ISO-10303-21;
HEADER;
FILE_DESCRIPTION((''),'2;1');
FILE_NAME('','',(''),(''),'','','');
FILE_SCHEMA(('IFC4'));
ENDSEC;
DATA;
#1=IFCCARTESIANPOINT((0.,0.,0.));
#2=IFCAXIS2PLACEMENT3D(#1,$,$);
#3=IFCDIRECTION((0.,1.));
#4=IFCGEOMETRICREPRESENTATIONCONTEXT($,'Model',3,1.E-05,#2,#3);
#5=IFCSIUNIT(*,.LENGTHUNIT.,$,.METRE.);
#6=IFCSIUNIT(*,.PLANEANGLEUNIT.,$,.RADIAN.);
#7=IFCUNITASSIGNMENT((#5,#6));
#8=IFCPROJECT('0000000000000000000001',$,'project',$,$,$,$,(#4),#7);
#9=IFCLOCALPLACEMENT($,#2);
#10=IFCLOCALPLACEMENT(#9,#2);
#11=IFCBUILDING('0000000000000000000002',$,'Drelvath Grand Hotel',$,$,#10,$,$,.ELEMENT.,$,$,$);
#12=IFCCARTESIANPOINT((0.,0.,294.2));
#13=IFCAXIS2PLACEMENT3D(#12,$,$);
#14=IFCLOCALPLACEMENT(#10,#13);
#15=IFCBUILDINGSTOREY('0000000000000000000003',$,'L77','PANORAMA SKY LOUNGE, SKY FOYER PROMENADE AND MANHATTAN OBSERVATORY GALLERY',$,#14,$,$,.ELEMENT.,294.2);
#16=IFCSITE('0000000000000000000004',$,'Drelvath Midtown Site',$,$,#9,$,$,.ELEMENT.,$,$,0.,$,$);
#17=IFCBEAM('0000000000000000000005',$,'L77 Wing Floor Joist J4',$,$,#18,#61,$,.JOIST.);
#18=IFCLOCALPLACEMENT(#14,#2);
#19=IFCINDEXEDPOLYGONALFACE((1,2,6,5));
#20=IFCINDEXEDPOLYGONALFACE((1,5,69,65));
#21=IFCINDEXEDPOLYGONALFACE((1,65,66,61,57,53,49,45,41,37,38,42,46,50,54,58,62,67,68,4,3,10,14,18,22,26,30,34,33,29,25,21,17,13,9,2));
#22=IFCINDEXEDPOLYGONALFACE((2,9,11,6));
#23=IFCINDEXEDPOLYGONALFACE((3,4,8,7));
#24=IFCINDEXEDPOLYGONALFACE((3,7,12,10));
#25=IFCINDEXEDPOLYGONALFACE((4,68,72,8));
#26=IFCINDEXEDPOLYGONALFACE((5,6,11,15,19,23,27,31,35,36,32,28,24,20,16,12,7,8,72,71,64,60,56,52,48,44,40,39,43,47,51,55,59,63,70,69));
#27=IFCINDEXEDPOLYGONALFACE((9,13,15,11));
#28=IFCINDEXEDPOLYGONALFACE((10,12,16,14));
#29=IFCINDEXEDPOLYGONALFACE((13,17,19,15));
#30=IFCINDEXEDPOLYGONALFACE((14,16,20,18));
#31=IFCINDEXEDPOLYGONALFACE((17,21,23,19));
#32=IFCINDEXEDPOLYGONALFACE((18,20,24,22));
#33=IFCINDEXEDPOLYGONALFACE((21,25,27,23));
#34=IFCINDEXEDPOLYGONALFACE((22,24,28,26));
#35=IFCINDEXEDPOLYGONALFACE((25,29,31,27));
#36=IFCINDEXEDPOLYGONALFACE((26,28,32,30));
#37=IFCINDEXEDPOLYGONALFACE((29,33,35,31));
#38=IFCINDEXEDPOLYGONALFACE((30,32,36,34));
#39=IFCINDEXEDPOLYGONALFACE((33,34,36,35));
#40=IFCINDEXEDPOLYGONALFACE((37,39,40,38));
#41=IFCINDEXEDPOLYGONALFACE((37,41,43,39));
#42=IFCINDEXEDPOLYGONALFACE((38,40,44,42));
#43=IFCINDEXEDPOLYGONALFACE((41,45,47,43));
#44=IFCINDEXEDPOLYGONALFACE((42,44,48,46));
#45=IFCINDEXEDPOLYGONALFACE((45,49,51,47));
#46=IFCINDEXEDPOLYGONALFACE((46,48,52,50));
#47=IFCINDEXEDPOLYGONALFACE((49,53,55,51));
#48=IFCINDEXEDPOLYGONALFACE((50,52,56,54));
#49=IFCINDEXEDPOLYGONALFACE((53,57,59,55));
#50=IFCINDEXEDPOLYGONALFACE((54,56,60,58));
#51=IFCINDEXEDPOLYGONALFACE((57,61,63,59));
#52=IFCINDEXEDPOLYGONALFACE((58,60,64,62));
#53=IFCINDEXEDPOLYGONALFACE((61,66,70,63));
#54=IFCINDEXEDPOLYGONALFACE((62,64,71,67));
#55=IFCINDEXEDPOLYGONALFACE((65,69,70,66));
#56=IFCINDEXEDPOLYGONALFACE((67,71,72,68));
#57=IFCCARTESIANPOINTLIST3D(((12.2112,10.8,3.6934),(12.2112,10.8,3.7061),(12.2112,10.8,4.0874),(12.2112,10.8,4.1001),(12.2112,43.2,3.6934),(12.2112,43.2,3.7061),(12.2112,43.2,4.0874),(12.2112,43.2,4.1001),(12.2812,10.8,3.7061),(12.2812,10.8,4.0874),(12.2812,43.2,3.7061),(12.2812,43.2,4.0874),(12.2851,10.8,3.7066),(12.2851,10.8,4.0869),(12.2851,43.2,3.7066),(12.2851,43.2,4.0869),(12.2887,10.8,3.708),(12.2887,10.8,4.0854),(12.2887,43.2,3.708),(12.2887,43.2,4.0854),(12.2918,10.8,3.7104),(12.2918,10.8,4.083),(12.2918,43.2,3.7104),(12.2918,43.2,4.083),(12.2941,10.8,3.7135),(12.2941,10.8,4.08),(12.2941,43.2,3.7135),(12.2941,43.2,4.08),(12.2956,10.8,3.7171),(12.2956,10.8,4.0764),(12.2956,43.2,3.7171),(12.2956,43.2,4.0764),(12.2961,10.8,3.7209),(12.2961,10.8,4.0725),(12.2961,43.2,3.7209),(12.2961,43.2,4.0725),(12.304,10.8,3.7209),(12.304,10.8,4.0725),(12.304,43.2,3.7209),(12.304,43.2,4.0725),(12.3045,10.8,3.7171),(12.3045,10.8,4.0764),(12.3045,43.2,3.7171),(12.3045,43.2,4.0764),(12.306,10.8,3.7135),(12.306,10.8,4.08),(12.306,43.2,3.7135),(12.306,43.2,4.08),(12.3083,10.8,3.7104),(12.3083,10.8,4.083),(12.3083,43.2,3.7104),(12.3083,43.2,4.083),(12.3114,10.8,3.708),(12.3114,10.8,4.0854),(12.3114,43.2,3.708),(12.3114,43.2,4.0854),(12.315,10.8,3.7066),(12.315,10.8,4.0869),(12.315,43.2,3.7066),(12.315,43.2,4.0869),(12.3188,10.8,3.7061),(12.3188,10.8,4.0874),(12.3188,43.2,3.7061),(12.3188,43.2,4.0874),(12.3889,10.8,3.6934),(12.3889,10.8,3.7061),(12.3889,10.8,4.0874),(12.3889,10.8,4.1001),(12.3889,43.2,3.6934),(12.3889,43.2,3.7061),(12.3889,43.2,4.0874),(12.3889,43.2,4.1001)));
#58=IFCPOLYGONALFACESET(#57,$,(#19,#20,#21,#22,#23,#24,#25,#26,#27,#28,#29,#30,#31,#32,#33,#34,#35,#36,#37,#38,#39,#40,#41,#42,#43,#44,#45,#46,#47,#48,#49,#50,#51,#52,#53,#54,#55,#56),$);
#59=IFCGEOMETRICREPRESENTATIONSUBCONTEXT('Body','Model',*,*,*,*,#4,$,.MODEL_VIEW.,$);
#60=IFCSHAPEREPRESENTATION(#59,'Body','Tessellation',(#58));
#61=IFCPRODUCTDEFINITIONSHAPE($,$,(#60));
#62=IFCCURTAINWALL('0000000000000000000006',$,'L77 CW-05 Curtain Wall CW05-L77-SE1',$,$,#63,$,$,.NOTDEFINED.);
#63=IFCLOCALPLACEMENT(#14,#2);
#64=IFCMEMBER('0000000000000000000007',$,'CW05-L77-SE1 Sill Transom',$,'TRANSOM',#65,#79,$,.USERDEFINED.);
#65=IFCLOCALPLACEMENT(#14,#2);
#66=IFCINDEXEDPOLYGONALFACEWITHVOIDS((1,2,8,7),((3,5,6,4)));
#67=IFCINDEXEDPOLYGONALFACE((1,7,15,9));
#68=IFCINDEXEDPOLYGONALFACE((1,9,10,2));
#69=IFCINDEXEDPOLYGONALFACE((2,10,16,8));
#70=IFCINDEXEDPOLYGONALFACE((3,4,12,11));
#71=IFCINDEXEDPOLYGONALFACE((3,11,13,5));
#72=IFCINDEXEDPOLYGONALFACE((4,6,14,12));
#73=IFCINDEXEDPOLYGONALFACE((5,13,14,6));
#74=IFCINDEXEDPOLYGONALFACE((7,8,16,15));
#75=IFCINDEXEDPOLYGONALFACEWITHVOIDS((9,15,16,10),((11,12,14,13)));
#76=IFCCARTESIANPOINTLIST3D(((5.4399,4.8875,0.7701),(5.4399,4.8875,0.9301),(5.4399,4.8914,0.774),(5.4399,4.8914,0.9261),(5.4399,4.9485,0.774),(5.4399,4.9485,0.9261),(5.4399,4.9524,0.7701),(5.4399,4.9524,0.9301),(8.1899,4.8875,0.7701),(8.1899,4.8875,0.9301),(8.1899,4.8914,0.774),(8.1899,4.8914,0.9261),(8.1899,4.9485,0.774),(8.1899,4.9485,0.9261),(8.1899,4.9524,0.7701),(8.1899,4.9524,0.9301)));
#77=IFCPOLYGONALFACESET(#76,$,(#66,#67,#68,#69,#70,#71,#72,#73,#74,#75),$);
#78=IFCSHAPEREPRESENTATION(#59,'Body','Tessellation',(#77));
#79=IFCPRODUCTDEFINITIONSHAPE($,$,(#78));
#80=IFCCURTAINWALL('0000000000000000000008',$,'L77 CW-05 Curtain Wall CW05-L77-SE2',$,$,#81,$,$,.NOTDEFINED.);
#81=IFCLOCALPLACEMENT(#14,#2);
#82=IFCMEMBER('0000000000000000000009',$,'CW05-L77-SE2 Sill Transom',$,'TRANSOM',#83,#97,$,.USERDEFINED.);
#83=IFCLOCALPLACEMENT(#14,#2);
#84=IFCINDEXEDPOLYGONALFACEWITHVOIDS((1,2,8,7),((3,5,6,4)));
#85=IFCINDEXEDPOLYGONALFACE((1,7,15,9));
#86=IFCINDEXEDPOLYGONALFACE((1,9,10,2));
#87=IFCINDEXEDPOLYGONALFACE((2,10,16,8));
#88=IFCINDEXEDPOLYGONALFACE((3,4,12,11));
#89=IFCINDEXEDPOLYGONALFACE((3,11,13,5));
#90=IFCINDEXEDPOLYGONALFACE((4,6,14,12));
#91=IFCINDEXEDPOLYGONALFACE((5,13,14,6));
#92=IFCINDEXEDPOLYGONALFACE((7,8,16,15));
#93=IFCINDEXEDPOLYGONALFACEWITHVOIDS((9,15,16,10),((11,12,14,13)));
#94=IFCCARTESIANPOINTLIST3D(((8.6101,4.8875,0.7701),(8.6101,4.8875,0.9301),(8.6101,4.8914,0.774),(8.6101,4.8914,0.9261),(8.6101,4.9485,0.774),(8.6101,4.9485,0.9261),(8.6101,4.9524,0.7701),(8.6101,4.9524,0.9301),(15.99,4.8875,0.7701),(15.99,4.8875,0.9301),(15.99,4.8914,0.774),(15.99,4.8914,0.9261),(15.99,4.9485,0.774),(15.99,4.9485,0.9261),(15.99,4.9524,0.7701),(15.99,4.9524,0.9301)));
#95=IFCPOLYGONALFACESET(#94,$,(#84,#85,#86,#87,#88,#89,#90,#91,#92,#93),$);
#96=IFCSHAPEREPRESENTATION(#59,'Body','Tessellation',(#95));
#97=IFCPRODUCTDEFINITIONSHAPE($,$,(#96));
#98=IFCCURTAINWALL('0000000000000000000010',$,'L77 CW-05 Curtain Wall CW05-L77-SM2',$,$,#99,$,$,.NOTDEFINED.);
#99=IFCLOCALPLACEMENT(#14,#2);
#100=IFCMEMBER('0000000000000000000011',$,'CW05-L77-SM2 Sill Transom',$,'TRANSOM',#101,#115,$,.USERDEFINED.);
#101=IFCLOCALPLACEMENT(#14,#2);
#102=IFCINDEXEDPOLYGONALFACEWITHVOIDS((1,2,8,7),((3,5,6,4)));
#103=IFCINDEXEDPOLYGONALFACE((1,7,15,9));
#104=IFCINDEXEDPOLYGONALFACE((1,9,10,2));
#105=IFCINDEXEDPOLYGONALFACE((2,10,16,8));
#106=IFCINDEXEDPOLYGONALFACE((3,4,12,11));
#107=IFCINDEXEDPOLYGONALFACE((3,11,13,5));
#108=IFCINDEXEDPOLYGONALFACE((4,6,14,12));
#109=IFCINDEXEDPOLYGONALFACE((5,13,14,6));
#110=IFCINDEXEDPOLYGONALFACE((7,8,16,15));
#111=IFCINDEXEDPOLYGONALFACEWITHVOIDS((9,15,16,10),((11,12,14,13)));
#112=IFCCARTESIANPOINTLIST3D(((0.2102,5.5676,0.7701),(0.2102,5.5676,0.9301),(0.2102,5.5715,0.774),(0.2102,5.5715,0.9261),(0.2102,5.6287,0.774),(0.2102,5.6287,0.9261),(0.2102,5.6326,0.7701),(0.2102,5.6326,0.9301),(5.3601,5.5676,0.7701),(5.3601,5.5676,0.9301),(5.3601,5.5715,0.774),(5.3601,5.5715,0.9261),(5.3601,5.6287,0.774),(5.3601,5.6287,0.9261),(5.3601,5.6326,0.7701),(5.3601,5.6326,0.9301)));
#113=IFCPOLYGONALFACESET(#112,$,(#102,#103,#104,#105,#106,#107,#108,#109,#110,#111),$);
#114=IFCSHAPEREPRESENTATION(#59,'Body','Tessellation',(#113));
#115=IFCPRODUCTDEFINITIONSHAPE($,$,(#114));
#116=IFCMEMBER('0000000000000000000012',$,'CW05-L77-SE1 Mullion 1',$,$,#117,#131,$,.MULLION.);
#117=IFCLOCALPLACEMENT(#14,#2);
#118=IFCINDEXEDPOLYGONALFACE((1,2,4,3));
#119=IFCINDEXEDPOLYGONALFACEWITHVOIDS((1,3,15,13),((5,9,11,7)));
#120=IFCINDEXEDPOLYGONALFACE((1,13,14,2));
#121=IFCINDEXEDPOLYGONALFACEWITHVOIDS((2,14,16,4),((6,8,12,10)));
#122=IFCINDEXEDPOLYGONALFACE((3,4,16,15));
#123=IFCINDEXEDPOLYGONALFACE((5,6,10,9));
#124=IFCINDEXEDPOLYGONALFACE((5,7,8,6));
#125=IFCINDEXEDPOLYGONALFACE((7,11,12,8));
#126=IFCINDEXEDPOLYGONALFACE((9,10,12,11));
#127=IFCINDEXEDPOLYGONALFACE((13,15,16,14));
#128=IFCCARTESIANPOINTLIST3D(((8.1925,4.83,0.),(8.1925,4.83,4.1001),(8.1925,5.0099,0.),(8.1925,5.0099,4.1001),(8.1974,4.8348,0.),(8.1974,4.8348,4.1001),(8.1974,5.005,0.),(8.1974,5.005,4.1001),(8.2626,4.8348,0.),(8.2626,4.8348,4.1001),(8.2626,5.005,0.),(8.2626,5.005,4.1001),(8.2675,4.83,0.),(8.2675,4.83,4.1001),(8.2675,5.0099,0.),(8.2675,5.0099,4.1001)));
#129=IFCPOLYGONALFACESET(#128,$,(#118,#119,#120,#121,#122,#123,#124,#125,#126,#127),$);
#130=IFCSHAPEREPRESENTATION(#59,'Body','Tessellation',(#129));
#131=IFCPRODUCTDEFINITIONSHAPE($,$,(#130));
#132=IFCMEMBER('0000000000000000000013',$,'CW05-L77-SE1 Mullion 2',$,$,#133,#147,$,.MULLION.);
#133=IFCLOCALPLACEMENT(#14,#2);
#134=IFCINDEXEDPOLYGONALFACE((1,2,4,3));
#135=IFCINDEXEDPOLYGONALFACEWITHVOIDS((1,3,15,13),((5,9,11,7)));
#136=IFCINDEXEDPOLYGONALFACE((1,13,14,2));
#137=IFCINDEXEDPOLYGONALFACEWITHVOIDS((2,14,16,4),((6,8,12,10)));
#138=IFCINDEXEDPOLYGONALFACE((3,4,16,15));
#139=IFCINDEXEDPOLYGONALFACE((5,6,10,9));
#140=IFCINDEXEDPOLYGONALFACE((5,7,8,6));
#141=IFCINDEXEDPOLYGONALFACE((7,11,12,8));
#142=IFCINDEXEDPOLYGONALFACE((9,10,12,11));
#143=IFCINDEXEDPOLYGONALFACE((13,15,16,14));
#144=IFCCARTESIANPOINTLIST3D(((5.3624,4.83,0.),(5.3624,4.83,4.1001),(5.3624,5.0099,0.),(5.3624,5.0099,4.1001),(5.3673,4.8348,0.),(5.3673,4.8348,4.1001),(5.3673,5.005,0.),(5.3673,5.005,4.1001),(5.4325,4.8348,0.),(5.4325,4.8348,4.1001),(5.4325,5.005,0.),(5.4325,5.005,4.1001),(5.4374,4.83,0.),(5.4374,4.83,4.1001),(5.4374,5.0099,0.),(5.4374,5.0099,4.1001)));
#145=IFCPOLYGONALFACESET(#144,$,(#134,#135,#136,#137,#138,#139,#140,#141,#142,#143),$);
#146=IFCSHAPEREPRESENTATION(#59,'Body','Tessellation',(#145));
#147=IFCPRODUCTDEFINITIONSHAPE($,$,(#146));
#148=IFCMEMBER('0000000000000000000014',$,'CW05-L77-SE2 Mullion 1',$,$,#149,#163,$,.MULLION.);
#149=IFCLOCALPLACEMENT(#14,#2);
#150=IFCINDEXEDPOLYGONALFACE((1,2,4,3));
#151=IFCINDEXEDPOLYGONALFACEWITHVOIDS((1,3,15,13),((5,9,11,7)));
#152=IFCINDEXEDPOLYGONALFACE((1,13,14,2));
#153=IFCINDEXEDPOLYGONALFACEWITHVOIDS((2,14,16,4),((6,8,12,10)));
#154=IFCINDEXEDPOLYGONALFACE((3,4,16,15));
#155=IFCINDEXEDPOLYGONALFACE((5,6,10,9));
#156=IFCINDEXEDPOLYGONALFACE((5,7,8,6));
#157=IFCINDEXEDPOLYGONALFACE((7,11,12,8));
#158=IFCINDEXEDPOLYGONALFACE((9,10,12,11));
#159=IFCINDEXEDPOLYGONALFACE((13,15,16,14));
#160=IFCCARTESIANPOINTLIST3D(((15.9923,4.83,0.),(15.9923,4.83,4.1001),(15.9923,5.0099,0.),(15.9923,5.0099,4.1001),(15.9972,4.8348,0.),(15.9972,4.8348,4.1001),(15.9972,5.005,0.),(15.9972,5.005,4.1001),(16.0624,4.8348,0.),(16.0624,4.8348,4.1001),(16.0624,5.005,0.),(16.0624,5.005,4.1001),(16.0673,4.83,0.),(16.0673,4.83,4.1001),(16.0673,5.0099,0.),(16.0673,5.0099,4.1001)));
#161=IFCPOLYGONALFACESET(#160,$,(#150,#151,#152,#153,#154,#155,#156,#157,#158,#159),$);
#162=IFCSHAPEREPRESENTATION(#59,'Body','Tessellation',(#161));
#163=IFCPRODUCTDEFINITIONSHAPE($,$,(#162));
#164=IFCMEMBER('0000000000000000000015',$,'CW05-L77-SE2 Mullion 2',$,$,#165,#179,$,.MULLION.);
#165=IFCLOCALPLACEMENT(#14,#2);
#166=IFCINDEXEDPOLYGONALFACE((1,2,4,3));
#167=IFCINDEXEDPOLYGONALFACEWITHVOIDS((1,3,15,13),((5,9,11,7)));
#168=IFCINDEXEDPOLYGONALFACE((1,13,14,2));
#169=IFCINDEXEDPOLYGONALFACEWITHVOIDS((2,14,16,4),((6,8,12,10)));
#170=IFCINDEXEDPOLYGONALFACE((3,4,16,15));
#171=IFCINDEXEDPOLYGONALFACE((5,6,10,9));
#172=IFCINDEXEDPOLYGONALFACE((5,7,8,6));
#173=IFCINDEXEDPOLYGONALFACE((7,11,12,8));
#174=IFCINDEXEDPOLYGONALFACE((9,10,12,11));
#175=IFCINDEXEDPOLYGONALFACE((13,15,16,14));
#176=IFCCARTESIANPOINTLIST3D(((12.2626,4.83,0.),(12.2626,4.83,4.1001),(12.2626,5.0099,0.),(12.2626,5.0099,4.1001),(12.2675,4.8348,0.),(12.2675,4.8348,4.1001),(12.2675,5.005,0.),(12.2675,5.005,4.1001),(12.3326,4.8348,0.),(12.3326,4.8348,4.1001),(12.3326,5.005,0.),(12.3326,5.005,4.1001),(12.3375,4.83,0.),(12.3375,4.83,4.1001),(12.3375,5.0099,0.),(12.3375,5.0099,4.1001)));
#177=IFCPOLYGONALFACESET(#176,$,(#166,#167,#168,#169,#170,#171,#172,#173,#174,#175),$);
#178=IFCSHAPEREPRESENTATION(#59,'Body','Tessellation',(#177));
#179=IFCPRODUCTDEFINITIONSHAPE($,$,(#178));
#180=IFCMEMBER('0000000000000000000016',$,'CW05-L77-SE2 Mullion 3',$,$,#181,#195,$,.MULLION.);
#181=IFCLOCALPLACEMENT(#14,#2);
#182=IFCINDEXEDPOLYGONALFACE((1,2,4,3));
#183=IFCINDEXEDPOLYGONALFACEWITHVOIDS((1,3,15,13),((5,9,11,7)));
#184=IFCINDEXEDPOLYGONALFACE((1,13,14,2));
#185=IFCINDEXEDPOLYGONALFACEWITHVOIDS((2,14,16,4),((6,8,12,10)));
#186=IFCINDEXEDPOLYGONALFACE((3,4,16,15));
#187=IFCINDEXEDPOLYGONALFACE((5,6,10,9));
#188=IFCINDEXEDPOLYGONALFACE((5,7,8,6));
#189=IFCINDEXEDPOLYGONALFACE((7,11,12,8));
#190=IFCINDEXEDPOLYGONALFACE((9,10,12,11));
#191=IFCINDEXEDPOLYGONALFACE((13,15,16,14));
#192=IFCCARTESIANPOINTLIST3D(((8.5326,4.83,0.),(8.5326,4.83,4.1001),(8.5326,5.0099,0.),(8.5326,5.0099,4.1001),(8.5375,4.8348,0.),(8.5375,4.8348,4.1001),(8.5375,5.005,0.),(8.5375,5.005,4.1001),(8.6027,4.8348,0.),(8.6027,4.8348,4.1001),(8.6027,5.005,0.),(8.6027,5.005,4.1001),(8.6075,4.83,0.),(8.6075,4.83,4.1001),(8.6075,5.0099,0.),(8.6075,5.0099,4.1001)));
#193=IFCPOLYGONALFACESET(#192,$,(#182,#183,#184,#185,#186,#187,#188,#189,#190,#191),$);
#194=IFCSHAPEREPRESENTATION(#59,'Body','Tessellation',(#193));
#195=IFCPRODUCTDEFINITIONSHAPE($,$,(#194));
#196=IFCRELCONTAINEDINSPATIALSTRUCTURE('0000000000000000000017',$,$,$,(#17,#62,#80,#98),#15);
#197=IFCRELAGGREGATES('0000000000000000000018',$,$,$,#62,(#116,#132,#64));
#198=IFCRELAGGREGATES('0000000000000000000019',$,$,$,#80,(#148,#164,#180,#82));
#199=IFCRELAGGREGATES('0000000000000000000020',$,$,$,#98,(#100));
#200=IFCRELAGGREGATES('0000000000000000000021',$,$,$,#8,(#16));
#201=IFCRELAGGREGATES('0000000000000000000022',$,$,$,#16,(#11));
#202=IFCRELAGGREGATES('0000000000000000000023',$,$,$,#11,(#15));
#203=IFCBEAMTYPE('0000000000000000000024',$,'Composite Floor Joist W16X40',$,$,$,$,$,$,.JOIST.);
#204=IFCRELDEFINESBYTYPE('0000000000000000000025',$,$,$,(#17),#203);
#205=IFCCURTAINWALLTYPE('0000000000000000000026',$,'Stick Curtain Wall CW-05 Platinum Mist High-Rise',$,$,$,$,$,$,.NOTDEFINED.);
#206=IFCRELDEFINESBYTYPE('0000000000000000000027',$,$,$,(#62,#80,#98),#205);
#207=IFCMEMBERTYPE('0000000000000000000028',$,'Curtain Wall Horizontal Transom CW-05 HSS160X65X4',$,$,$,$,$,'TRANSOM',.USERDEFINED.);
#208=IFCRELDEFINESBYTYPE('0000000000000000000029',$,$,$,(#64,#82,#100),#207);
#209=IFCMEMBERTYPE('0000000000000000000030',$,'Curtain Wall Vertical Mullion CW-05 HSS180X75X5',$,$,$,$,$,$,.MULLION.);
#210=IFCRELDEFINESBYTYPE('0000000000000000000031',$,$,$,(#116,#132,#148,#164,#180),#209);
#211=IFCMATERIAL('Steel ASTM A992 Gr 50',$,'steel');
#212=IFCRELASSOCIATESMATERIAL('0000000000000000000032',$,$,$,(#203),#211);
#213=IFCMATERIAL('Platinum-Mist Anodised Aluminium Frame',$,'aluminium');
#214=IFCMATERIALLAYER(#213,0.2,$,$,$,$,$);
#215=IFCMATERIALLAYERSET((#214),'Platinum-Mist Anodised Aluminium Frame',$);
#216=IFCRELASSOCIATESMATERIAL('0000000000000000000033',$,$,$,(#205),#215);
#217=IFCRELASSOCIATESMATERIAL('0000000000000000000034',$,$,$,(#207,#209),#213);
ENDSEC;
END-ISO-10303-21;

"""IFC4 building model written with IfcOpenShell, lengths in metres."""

from ifc_helpers import new_model, si_unit, direction, frame, origin, origin_2d, place, context, subcontext, project, spatial, hollow_rectangle, i_section, extrude, material, layer, layer_set, material_profile, profile_set, type_object, element, aggregate, save


model = new_model("IFC4")

# Units and contexts
model_context = context("Model", 3, precision=1e-05, world=origin(), true_north=direction((0.0, 1.0)))
body_context = subcontext(model_context, "Body", "Model", "MODEL_VIEW")
ifc_project = project(units=[si_unit("LENGTHUNIT", "METRE"), si_unit("PLANEANGLEUNIT", "RADIAN")], contexts=[model_context])

# Site, building, storey
site_placement = place(None, origin())
site = spatial("IfcSite", under=ifc_project, at=site_placement, Name="Drelvath Midtown Site", CompositionType="ELEMENT", RefElevation=0.0)
building_placement = place(site_placement, origin())
building = spatial("IfcBuilding", under=site, at=building_placement, Name="Drelvath Grand Hotel", CompositionType="ELEMENT")
storey_placement = place(building_placement, frame((0.0, 0.0, 294.2)))
storey = spatial("IfcBuildingStorey", under=building, at=storey_placement, Name="L77", Description="PANORAMA SKY LOUNGE, SKY FOYER PROMENADE AND MANHATTAN OBSERVATORY GALLERY", CompositionType="ELEMENT", Elevation=294.2)

# Beam
ifc_material_1 = material(Name="Steel ASTM A992 Gr 50", Category="steel")
ifc_material_profile_1 = material_profile(ifc_material_1, i_section(OverallWidth=0.1777, OverallDepth=0.4067, WebThickness=0.0078, FlangeThickness=0.0127, FilletRadius=0.0149, at=origin_2d()), Name="W16X40")
ifc_profile_set_1 = profile_set([ifc_material_profile_1], Name="Steel ASTM A992 Gr 50")
beam_type_1 = type_object("IfcBeamType", Name="Composite Floor Joist W16X40", PredefinedType="JOIST", material=ifc_profile_set_1)
beam_1_placement = place(storey_placement, frame((12.3, 10.8, 3.8967), z_axis=(0.0, 1.0, 0.0), x_axis=(-1.0, 0.0, 0.0)))
element("IfcBeam", 1, at=beam_1_placement, inside=storey, type_object=beam_type_1, Name="L77 Wing Floor Joist J4", PredefinedType="JOIST", context=body_context, shape_type="SweptSolid", body=[
    extrude(i_section(OverallWidth=0.1777, OverallDepth=0.4067, WebThickness=0.0078, FlangeThickness=0.0127, FilletRadius=0.0149, at=origin_2d()), origin(), (0.0, 0.0, 1.0), 32.3999),
])

# Curtain walls, members
ifc_material_2 = material(Name="Platinum-Mist Anodised Aluminium Frame", Category="aluminium")
ifc_layer_1 = layer(ifc_material_2, 0.2)
ifc_layer_set_1 = layer_set([ifc_layer_1], Name="Platinum-Mist Anodised Aluminium Frame")
curtain_wall_type = type_object("IfcCurtainWallType", Name="Stick Curtain Wall CW-05 Platinum Mist High-Rise", PredefinedType="NOTDEFINED", material=ifc_layer_set_1)
curtain_wall_1_placement = place(storey_placement, origin())
curtain_wall_1 = element("IfcCurtainWall", 2, at=curtain_wall_1_placement, inside=storey, type_object=curtain_wall_type, Name="L77 CW-05 Curtain Wall CW05-L77-SE1", PredefinedType="NOTDEFINED")
ifc_material_profile_2 = material_profile(ifc_material_2, hollow_rectangle(XDim=0.0649, YDim=0.1599, WallThickness=0.0039, at=origin_2d()), Name="HSS160X65X4")
ifc_profile_set_2 = profile_set([ifc_material_profile_2], Name="Platinum-Mist Anodised Aluminium Frame")
member_type_1 = type_object("IfcMemberType", Name="Curtain Wall Horizontal Transom CW-05 HSS160X65X4", ElementType="TRANSOM", PredefinedType="USERDEFINED", material=ifc_profile_set_2)
member_1_placement = place(storey_placement, frame((8.1899, 4.9199, 0.8501), z_axis=(-1.0, 0.0, 0.0), x_axis=(0.0, -1.0, 0.0)))
member_1 = element("IfcMember", 3, at=member_1_placement, type_object=member_type_1, Name="CW05-L77-SE1 Sill Transom", ObjectType="TRANSOM", PredefinedType="USERDEFINED", context=body_context, shape_type="SweptSolid", body=[
    extrude(hollow_rectangle(XDim=0.0649, YDim=0.1599, WallThickness=0.0039, at=origin_2d()), origin(), (0.0, 0.0, 1.0), 2.75),
])
curtain_wall_2_placement = place(storey_placement, origin())
curtain_wall_2 = element("IfcCurtainWall", 4, at=curtain_wall_2_placement, inside=storey, type_object=curtain_wall_type, Name="L77 CW-05 Curtain Wall CW05-L77-SE2", PredefinedType="NOTDEFINED")
member_2_placement = place(storey_placement, frame((15.99, 4.9199, 0.8501), z_axis=(-1.0, 0.0, 0.0), x_axis=(0.0, -1.0, 0.0)))
member_2 = element("IfcMember", 5, at=member_2_placement, type_object=member_type_1, Name="CW05-L77-SE2 Sill Transom", ObjectType="TRANSOM", PredefinedType="USERDEFINED", context=body_context, shape_type="SweptSolid", body=[
    extrude(hollow_rectangle(XDim=0.0649, YDim=0.1599, WallThickness=0.0039, at=origin_2d()), origin(), (0.0, 0.0, 1.0), 7.3799),
])
curtain_wall_3_placement = place(storey_placement, origin())
curtain_wall_3 = element("IfcCurtainWall", 6, at=curtain_wall_3_placement, inside=storey, type_object=curtain_wall_type, Name="L77 CW-05 Curtain Wall CW05-L77-SM2", PredefinedType="NOTDEFINED")
member_3_placement = place(storey_placement, frame((5.3601, 5.6001, 0.8501), z_axis=(-1.0, 0.0, 0.0), x_axis=(0.0, -1.0, 0.0)))
member_3 = element("IfcMember", 7, at=member_3_placement, type_object=member_type_1, Name="CW05-L77-SM2 Sill Transom", ObjectType="TRANSOM", PredefinedType="USERDEFINED", context=body_context, shape_type="SweptSolid", body=[
    extrude(hollow_rectangle(XDim=0.0649, YDim=0.1599, WallThickness=0.0039, at=origin_2d()), origin(), (0.0, 0.0, 1.0), 5.1499),
])

# Members
ifc_material_profile_3 = material_profile(ifc_material_2, hollow_rectangle(XDim=0.075, YDim=0.1799, WallThickness=0.0049, at=origin_2d()), Name="HSS180X75X5")
ifc_profile_set_3 = profile_set([ifc_material_profile_3], Name="Platinum-Mist Anodised Aluminium Frame")
member_type_2 = type_object("IfcMemberType", Name="Curtain Wall Vertical Mullion CW-05 HSS180X75X5", PredefinedType="MULLION", material=ifc_profile_set_3)
member_4_placement = place(storey_placement, frame((8.23, 4.9199, 0.0), z_axis=(0.0, 0.0, 1.0), x_axis=(1.0, 0.0, 0.0)))
member_4 = element("IfcMember", 8, at=member_4_placement, type_object=member_type_2, Name="CW05-L77-SE1 Mullion 1", PredefinedType="MULLION", context=body_context, shape_type="SweptSolid", body=[
    extrude(hollow_rectangle(XDim=0.075, YDim=0.1799, WallThickness=0.0049, at=origin_2d()), origin(), (0.0, 0.0, 1.0), 4.1001),
])
member_5_placement = place(storey_placement, frame((5.3999, 4.9199, 0.0), z_axis=(0.0, 0.0, 1.0), x_axis=(1.0, 0.0, 0.0)))
member_5 = element("IfcMember", 9, at=member_5_placement, type_object=member_type_2, Name="CW05-L77-SE1 Mullion 2", PredefinedType="MULLION", context=body_context, shape_type="SweptSolid", body=[
    extrude(hollow_rectangle(XDim=0.075, YDim=0.1799, WallThickness=0.0049, at=origin_2d()), origin(), (0.0, 0.0, 1.0), 4.1001),
])
member_6_placement = place(storey_placement, frame((16.0298, 4.9199, 0.0), z_axis=(0.0, 0.0, 1.0), x_axis=(1.0, 0.0, 0.0)))
member_6 = element("IfcMember", 10, at=member_6_placement, type_object=member_type_2, Name="CW05-L77-SE2 Mullion 1", PredefinedType="MULLION", context=body_context, shape_type="SweptSolid", body=[
    extrude(hollow_rectangle(XDim=0.075, YDim=0.1799, WallThickness=0.0049, at=origin_2d()), origin(), (0.0, 0.0, 1.0), 4.1001),
])
member_7_placement = place(storey_placement, frame((12.3, 4.9199, 0.0), z_axis=(0.0, 0.0, 1.0), x_axis=(1.0, 0.0, 0.0)))
member_7 = element("IfcMember", 11, at=member_7_placement, type_object=member_type_2, Name="CW05-L77-SE2 Mullion 2", PredefinedType="MULLION", context=body_context, shape_type="SweptSolid", body=[
    extrude(hollow_rectangle(XDim=0.075, YDim=0.1799, WallThickness=0.0049, at=origin_2d()), origin(), (0.0, 0.0, 1.0), 4.1001),
])
member_8_placement = place(storey_placement, frame((8.5701, 4.9199, 0.0), z_axis=(0.0, 0.0, 1.0), x_axis=(1.0, 0.0, 0.0)))
member_8 = element("IfcMember", 12, at=member_8_placement, type_object=member_type_2, Name="CW05-L77-SE2 Mullion 3", PredefinedType="MULLION", context=body_context, shape_type="SweptSolid", body=[
    extrude(hollow_rectangle(XDim=0.075, YDim=0.1799, WallThickness=0.0049, at=origin_2d()), origin(), (0.0, 0.0, 1.0), 4.1001),
])

aggregate(curtain_wall_1, [member_4, member_5, member_1])
aggregate(curtain_wall_2, [member_6, member_7, member_8, member_2])
aggregate(curtain_wall_3, [member_3])

save(model, "model.ifc")
